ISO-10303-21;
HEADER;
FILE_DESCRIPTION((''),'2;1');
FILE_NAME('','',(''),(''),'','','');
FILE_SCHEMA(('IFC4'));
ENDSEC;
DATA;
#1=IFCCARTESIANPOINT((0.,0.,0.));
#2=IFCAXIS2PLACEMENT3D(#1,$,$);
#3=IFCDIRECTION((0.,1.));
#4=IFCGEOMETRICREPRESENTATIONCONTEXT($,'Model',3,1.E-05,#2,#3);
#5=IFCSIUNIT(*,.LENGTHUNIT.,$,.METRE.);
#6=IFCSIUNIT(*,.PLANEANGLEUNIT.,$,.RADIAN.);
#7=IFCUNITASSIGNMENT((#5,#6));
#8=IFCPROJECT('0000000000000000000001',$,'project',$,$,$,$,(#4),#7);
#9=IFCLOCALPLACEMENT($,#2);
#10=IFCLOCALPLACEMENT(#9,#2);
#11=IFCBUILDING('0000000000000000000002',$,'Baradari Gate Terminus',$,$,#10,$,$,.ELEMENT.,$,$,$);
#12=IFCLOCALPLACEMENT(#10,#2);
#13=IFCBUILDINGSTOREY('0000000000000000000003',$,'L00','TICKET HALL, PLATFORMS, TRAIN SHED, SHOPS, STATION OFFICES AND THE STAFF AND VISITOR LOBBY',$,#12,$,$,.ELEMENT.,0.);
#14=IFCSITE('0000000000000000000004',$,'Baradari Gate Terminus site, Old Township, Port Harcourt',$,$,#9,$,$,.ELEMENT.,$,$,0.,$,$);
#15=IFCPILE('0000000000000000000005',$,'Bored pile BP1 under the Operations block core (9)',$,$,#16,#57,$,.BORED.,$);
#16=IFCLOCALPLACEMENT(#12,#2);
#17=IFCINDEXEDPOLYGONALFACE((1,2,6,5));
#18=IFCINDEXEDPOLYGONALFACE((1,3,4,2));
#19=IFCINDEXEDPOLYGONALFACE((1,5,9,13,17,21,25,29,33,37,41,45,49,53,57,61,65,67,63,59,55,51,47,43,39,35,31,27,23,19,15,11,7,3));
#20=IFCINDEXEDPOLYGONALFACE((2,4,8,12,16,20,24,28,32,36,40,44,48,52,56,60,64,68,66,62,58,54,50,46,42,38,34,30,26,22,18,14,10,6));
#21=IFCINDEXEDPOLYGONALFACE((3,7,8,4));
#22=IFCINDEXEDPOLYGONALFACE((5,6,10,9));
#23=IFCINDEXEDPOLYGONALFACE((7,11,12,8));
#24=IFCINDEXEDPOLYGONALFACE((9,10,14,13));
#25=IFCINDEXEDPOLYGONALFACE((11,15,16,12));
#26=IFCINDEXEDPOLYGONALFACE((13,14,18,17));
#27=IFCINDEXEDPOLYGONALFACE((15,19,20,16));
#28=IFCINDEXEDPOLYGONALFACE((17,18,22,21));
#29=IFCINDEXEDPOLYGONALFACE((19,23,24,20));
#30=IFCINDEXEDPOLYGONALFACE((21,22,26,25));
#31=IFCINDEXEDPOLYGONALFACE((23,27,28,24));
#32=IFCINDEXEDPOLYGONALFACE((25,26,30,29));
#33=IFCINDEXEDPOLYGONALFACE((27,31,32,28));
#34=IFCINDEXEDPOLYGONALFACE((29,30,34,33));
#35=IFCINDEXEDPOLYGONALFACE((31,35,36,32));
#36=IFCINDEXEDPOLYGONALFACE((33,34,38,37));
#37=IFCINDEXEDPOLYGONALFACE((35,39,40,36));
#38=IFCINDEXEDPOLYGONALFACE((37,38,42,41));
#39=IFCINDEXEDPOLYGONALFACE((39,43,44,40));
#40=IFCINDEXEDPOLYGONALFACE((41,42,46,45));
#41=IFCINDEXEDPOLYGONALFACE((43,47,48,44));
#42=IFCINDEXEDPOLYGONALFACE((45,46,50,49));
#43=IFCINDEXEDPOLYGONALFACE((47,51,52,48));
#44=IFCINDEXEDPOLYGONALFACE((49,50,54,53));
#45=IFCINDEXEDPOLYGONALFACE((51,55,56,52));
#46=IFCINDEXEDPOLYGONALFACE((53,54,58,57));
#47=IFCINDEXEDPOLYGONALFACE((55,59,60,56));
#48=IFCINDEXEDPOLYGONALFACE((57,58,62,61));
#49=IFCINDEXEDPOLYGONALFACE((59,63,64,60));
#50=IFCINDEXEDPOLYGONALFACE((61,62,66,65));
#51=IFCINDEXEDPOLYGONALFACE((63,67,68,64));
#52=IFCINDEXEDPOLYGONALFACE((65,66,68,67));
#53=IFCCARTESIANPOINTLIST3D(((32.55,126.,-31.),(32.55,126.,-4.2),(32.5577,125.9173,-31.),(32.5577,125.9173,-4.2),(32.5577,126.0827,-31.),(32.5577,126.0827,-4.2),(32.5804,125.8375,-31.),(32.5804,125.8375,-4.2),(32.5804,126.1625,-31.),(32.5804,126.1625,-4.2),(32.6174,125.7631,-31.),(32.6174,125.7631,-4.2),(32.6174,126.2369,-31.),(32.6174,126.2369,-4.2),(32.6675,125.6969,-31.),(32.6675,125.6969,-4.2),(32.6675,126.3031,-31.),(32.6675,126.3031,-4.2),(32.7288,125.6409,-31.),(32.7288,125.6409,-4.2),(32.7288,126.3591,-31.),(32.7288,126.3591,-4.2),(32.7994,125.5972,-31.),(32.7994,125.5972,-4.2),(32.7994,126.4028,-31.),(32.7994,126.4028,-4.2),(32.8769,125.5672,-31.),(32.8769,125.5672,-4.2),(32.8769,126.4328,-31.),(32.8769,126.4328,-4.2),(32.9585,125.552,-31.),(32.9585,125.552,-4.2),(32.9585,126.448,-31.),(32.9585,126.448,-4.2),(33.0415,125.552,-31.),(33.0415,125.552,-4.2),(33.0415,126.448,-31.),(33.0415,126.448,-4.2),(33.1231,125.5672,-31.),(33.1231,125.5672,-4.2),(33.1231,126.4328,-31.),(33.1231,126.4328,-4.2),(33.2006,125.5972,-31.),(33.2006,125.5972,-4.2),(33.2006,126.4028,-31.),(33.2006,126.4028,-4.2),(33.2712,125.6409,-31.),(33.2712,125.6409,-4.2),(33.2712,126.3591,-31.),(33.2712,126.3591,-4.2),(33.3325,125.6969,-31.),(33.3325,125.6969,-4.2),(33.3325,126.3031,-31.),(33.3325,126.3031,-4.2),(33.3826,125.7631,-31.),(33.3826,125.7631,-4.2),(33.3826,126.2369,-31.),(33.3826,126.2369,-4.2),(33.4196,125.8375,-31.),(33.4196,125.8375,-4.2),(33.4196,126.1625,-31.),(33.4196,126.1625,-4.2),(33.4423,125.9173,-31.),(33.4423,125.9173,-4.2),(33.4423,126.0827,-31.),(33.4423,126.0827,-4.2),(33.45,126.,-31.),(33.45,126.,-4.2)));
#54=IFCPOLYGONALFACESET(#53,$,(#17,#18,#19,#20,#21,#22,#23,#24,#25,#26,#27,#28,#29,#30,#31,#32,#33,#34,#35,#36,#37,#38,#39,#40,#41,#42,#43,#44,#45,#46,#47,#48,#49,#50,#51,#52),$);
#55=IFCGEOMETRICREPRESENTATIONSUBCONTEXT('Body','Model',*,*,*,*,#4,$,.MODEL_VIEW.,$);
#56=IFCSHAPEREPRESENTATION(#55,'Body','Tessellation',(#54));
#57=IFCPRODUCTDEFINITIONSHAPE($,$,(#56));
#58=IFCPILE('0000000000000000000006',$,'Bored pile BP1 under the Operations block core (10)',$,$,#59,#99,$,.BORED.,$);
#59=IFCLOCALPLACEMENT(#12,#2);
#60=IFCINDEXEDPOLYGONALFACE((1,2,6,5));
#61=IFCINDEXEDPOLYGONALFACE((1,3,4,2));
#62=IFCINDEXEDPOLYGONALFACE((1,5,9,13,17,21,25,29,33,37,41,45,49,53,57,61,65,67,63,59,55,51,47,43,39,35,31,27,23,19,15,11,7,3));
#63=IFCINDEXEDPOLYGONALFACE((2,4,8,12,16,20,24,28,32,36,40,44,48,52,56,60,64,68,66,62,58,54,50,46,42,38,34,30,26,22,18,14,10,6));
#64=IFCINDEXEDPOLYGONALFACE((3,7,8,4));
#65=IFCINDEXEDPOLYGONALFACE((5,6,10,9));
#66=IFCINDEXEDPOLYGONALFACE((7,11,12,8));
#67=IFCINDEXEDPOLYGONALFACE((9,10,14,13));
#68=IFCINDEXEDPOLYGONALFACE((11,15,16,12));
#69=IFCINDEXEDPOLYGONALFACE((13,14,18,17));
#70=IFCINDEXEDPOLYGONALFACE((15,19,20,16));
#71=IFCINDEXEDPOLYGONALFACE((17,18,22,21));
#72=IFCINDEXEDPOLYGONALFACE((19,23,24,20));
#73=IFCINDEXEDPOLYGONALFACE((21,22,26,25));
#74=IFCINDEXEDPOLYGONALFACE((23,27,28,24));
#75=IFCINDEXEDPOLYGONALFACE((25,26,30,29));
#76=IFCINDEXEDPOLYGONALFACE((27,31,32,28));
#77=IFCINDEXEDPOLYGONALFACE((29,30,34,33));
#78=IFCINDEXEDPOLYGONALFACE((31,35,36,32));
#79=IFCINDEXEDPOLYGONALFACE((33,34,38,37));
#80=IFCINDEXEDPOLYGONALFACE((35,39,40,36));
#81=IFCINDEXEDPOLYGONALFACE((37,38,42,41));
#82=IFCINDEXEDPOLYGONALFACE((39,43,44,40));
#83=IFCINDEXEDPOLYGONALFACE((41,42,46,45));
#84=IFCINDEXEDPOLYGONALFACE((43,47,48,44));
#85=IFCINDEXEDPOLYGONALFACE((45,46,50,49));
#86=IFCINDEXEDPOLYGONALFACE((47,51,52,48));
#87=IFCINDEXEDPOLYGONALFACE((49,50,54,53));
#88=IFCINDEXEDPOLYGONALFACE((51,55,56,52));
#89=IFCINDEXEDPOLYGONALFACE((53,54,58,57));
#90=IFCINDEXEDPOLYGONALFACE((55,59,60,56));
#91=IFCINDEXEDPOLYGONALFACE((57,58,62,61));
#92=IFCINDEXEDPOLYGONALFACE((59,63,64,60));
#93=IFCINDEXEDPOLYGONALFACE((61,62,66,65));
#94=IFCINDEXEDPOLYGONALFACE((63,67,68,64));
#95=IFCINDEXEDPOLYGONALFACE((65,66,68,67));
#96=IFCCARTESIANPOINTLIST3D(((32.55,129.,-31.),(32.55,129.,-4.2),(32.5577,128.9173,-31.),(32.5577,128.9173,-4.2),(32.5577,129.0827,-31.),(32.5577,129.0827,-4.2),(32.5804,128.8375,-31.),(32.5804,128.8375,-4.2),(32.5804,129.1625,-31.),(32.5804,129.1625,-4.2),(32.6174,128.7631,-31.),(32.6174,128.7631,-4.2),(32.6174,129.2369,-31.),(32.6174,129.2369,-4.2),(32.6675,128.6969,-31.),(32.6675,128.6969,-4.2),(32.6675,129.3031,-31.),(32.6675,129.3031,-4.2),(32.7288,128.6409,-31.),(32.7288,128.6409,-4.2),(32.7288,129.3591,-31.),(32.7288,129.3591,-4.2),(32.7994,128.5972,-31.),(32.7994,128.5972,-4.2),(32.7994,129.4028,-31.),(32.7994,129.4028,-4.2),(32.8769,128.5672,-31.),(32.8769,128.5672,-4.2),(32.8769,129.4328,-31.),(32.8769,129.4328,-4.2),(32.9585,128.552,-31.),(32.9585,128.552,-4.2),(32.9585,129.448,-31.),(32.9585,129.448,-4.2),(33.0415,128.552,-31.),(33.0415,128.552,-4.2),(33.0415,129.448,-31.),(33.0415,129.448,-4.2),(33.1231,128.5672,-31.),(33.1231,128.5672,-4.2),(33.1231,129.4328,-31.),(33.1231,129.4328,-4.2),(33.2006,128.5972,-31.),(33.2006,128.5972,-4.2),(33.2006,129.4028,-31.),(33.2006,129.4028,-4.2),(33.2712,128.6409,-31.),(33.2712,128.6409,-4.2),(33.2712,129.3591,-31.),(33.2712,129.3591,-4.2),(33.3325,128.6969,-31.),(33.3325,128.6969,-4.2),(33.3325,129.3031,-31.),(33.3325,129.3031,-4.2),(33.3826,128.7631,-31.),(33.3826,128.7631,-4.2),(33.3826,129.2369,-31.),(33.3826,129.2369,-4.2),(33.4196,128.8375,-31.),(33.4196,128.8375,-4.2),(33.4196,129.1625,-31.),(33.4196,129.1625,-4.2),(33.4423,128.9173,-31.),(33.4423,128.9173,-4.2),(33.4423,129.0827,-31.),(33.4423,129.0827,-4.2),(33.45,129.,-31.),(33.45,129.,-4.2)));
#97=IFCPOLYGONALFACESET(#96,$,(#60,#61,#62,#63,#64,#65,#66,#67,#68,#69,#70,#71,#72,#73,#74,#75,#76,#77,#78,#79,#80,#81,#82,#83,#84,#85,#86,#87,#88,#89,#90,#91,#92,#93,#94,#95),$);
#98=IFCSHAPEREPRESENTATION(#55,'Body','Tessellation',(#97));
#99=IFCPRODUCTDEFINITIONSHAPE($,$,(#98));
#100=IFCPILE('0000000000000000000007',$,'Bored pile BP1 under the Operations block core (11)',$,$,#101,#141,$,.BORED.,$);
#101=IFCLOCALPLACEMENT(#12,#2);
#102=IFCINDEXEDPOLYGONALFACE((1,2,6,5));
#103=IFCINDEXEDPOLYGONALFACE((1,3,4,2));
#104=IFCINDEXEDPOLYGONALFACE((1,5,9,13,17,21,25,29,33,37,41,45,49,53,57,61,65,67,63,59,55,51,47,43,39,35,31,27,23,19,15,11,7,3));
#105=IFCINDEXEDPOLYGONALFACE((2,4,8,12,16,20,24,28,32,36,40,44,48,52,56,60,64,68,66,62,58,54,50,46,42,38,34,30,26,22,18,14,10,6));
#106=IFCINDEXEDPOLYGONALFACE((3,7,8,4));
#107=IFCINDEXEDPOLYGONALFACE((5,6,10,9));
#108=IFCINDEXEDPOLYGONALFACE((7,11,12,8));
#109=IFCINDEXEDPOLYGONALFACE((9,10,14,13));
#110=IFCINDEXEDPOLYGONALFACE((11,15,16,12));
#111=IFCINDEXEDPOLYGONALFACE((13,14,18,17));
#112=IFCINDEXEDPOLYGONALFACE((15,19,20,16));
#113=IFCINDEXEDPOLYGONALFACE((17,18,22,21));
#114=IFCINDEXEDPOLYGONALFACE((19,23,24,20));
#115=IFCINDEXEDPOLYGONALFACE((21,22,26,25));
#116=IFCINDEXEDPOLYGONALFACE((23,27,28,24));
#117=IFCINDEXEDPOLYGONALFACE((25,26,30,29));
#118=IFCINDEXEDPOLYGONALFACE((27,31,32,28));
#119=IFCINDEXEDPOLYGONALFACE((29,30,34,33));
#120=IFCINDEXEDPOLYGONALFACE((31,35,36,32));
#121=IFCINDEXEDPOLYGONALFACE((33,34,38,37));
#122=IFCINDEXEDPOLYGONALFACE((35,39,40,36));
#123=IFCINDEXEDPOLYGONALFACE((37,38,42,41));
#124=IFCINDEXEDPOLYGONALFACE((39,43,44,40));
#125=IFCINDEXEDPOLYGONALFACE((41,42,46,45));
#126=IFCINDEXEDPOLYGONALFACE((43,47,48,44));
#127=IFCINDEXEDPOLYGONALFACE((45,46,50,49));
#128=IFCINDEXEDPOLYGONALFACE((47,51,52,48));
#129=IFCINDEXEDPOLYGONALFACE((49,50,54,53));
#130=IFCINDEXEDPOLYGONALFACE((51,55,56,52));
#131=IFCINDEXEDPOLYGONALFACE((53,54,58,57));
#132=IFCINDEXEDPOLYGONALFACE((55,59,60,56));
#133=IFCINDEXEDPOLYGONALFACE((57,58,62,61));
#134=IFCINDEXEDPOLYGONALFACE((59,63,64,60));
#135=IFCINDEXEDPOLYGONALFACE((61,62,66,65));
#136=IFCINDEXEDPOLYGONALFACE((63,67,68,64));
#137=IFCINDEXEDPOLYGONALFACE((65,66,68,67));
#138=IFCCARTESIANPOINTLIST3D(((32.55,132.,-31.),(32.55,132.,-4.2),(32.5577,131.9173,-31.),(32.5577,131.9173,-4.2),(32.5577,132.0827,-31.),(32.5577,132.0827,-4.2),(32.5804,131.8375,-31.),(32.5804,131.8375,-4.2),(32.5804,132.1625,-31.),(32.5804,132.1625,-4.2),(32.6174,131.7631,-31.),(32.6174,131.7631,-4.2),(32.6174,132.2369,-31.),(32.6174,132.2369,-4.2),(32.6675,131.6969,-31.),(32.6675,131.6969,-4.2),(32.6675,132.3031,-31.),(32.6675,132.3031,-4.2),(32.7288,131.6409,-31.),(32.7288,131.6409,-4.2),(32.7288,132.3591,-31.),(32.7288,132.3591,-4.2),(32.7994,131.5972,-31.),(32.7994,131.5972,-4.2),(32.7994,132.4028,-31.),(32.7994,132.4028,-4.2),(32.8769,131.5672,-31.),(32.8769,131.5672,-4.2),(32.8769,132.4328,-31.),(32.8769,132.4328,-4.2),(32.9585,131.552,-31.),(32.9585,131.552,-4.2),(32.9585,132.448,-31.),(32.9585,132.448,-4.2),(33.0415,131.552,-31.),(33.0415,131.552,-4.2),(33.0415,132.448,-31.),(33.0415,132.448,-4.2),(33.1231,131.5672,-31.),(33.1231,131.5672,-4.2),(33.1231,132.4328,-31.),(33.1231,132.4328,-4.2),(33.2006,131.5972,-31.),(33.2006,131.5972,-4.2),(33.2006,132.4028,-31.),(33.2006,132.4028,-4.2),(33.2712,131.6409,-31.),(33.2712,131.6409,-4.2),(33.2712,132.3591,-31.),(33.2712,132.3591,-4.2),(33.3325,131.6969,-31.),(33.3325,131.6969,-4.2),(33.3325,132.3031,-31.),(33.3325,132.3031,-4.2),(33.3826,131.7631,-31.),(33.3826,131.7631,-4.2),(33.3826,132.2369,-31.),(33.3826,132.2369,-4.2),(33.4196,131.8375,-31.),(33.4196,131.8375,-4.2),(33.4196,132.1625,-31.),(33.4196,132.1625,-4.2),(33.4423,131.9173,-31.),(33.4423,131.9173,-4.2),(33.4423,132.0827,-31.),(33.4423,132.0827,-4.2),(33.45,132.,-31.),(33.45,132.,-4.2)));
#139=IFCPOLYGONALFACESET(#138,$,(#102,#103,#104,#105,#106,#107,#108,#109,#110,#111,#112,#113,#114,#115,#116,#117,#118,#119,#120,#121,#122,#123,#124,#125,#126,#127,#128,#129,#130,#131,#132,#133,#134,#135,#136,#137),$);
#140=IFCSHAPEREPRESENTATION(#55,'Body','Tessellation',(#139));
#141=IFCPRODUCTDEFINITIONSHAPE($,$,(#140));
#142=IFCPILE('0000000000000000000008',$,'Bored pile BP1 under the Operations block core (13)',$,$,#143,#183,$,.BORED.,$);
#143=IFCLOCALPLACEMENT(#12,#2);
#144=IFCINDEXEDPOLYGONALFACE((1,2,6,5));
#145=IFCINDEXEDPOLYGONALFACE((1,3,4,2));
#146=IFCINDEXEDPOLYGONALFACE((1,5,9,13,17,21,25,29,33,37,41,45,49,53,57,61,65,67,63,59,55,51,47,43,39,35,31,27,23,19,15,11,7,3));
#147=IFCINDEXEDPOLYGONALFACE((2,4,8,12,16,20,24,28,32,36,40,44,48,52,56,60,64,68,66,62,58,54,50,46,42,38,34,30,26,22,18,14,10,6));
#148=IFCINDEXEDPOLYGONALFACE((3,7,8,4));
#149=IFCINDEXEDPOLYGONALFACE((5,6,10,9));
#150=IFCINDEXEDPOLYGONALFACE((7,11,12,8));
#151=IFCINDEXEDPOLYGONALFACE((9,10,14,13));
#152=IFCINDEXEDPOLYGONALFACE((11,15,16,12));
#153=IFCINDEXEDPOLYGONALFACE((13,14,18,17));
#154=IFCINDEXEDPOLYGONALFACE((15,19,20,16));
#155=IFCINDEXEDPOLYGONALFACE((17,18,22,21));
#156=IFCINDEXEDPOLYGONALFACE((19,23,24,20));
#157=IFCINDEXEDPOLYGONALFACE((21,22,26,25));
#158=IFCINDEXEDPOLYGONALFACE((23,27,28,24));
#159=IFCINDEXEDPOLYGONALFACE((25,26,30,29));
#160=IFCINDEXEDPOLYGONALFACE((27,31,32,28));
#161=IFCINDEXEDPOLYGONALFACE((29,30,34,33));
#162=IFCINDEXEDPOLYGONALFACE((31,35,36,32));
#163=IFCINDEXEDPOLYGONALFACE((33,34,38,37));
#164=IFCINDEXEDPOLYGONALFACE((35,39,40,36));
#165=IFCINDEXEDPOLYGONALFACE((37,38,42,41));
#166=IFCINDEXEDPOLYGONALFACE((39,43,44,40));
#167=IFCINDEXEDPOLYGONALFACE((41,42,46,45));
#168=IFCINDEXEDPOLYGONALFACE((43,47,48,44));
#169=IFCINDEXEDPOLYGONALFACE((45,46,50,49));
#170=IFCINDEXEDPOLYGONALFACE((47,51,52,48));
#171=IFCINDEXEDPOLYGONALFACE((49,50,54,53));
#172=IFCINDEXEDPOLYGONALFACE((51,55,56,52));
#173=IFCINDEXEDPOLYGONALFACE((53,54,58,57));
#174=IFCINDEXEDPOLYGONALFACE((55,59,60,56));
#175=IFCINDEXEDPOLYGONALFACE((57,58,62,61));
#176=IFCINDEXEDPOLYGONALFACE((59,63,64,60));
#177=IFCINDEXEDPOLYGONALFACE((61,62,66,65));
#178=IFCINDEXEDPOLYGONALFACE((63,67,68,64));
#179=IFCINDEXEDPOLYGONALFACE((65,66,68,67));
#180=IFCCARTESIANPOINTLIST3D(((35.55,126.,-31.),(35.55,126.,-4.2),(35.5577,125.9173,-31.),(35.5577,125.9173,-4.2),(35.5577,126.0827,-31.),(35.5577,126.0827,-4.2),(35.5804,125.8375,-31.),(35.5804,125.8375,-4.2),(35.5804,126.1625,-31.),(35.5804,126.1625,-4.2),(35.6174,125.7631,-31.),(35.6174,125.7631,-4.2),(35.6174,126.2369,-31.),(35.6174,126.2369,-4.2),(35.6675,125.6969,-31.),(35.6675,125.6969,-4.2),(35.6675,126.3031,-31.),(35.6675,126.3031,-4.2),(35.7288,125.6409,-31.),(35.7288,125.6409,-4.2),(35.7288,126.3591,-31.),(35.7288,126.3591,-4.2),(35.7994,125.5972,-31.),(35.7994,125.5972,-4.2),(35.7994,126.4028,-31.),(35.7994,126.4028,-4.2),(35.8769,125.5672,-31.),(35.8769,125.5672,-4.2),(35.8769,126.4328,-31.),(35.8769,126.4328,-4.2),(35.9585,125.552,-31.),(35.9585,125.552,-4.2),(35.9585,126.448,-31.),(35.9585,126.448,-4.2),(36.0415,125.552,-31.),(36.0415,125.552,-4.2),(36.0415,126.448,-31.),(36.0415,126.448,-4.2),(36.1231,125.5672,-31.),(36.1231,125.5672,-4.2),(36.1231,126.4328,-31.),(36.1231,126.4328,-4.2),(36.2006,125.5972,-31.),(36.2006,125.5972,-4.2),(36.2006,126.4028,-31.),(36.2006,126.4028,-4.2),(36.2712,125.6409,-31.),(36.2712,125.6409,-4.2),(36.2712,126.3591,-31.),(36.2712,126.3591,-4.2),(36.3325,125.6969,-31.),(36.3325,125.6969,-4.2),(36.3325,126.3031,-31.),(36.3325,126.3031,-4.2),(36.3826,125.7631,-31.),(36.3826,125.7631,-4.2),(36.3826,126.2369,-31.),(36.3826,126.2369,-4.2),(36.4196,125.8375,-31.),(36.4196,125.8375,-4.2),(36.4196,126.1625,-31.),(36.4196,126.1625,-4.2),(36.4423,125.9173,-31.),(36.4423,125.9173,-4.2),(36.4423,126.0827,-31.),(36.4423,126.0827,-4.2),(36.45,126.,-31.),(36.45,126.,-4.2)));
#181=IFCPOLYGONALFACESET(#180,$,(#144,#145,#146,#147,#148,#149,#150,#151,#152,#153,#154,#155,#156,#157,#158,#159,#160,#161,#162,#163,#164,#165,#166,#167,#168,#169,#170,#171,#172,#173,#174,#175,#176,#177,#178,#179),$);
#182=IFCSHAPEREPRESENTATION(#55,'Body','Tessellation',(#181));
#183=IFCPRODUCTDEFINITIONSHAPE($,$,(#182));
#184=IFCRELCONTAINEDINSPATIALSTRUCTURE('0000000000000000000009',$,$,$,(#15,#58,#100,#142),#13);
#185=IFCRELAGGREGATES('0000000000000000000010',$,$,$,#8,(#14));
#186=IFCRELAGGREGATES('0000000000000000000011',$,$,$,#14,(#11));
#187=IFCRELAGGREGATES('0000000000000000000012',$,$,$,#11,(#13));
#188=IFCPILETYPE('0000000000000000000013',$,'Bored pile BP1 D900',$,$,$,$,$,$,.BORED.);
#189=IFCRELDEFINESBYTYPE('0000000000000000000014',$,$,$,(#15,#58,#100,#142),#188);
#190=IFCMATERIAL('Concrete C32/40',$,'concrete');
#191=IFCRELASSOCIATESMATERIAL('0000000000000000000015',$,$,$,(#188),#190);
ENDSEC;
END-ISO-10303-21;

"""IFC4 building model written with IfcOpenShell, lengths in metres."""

from ifc_helpers import new_model, si_unit, direction, frame, origin, origin_2d, place, context, subcontext, project, spatial, circle, extrude, material, type_object, element, save


model = new_model("IFC4")

# Units and contexts
model_context = context("Model", 3, precision=1e-05, world=origin(), true_north=direction((0.0, 1.0)))
body_context = subcontext(model_context, "Body", "Model", "MODEL_VIEW")
ifc_project = project(units=[si_unit("LENGTHUNIT", "METRE"), si_unit("PLANEANGLEUNIT", "RADIAN")], contexts=[model_context])

# Site, building, storey
site_placement = place(None, origin())
site = spatial("IfcSite", under=ifc_project, at=site_placement, Name="Baradari Gate Terminus site, Old Township, Port Harcourt", CompositionType="ELEMENT", RefElevation=0.0)
building_placement = place(site_placement, origin())
building = spatial("IfcBuilding", under=site, at=building_placement, Name="Baradari Gate Terminus", CompositionType="ELEMENT")
storey_placement = place(building_placement, origin())
storey = spatial("IfcBuildingStorey", under=building, at=storey_placement, Name="L00", Description="TICKET HALL, PLATFORMS, TRAIN SHED, SHOPS, STATION OFFICES AND THE STAFF AND VISITOR LOBBY", CompositionType="ELEMENT", Elevation=0.0)

# Piles
ifc_material_1 = material(Name="Concrete C32/40", Category="concrete")
pile_type = type_object("IfcPileType", Name="Bored pile BP1 D900", PredefinedType="BORED", material=ifc_material_1)
for number, where, z_axis, x_axis, name in (
    (1, (33.0, 126.0, -4.2), (0.0, 0.0, -1.0), (1.0, 0.0, 0.0), "Bored pile BP1 under the Operations block core (9)"),
    (2, (33.0, 129.0, -4.2), (0.0, 0.0, -1.0), (1.0, 0.0, 0.0), "Bored pile BP1 under the Operations block core (10)"),
    (3, (33.0, 132.0, -4.2), (0.0, 0.0, -1.0), (1.0, 0.0, 0.0), "Bored pile BP1 under the Operations block core (11)"),
    (4, (36.0, 126.0, -4.2), (0.0, 0.0, -1.0), (1.0, 0.0, 0.0), "Bored pile BP1 under the Operations block core (13)"),
):
    element("IfcPile", number, at=place(storey_placement, frame(where, z_axis=z_axis, x_axis=x_axis)), inside=storey, type_object=pile_type, Name=name, PredefinedType="BORED", context=body_context, shape_type="SweptSolid", body=[
        extrude(circle(Radius=0.45, at=origin_2d()), origin(), (0.0, 0.0, 1.0), 26.8),
    ])

save(model, "model.ifc")
